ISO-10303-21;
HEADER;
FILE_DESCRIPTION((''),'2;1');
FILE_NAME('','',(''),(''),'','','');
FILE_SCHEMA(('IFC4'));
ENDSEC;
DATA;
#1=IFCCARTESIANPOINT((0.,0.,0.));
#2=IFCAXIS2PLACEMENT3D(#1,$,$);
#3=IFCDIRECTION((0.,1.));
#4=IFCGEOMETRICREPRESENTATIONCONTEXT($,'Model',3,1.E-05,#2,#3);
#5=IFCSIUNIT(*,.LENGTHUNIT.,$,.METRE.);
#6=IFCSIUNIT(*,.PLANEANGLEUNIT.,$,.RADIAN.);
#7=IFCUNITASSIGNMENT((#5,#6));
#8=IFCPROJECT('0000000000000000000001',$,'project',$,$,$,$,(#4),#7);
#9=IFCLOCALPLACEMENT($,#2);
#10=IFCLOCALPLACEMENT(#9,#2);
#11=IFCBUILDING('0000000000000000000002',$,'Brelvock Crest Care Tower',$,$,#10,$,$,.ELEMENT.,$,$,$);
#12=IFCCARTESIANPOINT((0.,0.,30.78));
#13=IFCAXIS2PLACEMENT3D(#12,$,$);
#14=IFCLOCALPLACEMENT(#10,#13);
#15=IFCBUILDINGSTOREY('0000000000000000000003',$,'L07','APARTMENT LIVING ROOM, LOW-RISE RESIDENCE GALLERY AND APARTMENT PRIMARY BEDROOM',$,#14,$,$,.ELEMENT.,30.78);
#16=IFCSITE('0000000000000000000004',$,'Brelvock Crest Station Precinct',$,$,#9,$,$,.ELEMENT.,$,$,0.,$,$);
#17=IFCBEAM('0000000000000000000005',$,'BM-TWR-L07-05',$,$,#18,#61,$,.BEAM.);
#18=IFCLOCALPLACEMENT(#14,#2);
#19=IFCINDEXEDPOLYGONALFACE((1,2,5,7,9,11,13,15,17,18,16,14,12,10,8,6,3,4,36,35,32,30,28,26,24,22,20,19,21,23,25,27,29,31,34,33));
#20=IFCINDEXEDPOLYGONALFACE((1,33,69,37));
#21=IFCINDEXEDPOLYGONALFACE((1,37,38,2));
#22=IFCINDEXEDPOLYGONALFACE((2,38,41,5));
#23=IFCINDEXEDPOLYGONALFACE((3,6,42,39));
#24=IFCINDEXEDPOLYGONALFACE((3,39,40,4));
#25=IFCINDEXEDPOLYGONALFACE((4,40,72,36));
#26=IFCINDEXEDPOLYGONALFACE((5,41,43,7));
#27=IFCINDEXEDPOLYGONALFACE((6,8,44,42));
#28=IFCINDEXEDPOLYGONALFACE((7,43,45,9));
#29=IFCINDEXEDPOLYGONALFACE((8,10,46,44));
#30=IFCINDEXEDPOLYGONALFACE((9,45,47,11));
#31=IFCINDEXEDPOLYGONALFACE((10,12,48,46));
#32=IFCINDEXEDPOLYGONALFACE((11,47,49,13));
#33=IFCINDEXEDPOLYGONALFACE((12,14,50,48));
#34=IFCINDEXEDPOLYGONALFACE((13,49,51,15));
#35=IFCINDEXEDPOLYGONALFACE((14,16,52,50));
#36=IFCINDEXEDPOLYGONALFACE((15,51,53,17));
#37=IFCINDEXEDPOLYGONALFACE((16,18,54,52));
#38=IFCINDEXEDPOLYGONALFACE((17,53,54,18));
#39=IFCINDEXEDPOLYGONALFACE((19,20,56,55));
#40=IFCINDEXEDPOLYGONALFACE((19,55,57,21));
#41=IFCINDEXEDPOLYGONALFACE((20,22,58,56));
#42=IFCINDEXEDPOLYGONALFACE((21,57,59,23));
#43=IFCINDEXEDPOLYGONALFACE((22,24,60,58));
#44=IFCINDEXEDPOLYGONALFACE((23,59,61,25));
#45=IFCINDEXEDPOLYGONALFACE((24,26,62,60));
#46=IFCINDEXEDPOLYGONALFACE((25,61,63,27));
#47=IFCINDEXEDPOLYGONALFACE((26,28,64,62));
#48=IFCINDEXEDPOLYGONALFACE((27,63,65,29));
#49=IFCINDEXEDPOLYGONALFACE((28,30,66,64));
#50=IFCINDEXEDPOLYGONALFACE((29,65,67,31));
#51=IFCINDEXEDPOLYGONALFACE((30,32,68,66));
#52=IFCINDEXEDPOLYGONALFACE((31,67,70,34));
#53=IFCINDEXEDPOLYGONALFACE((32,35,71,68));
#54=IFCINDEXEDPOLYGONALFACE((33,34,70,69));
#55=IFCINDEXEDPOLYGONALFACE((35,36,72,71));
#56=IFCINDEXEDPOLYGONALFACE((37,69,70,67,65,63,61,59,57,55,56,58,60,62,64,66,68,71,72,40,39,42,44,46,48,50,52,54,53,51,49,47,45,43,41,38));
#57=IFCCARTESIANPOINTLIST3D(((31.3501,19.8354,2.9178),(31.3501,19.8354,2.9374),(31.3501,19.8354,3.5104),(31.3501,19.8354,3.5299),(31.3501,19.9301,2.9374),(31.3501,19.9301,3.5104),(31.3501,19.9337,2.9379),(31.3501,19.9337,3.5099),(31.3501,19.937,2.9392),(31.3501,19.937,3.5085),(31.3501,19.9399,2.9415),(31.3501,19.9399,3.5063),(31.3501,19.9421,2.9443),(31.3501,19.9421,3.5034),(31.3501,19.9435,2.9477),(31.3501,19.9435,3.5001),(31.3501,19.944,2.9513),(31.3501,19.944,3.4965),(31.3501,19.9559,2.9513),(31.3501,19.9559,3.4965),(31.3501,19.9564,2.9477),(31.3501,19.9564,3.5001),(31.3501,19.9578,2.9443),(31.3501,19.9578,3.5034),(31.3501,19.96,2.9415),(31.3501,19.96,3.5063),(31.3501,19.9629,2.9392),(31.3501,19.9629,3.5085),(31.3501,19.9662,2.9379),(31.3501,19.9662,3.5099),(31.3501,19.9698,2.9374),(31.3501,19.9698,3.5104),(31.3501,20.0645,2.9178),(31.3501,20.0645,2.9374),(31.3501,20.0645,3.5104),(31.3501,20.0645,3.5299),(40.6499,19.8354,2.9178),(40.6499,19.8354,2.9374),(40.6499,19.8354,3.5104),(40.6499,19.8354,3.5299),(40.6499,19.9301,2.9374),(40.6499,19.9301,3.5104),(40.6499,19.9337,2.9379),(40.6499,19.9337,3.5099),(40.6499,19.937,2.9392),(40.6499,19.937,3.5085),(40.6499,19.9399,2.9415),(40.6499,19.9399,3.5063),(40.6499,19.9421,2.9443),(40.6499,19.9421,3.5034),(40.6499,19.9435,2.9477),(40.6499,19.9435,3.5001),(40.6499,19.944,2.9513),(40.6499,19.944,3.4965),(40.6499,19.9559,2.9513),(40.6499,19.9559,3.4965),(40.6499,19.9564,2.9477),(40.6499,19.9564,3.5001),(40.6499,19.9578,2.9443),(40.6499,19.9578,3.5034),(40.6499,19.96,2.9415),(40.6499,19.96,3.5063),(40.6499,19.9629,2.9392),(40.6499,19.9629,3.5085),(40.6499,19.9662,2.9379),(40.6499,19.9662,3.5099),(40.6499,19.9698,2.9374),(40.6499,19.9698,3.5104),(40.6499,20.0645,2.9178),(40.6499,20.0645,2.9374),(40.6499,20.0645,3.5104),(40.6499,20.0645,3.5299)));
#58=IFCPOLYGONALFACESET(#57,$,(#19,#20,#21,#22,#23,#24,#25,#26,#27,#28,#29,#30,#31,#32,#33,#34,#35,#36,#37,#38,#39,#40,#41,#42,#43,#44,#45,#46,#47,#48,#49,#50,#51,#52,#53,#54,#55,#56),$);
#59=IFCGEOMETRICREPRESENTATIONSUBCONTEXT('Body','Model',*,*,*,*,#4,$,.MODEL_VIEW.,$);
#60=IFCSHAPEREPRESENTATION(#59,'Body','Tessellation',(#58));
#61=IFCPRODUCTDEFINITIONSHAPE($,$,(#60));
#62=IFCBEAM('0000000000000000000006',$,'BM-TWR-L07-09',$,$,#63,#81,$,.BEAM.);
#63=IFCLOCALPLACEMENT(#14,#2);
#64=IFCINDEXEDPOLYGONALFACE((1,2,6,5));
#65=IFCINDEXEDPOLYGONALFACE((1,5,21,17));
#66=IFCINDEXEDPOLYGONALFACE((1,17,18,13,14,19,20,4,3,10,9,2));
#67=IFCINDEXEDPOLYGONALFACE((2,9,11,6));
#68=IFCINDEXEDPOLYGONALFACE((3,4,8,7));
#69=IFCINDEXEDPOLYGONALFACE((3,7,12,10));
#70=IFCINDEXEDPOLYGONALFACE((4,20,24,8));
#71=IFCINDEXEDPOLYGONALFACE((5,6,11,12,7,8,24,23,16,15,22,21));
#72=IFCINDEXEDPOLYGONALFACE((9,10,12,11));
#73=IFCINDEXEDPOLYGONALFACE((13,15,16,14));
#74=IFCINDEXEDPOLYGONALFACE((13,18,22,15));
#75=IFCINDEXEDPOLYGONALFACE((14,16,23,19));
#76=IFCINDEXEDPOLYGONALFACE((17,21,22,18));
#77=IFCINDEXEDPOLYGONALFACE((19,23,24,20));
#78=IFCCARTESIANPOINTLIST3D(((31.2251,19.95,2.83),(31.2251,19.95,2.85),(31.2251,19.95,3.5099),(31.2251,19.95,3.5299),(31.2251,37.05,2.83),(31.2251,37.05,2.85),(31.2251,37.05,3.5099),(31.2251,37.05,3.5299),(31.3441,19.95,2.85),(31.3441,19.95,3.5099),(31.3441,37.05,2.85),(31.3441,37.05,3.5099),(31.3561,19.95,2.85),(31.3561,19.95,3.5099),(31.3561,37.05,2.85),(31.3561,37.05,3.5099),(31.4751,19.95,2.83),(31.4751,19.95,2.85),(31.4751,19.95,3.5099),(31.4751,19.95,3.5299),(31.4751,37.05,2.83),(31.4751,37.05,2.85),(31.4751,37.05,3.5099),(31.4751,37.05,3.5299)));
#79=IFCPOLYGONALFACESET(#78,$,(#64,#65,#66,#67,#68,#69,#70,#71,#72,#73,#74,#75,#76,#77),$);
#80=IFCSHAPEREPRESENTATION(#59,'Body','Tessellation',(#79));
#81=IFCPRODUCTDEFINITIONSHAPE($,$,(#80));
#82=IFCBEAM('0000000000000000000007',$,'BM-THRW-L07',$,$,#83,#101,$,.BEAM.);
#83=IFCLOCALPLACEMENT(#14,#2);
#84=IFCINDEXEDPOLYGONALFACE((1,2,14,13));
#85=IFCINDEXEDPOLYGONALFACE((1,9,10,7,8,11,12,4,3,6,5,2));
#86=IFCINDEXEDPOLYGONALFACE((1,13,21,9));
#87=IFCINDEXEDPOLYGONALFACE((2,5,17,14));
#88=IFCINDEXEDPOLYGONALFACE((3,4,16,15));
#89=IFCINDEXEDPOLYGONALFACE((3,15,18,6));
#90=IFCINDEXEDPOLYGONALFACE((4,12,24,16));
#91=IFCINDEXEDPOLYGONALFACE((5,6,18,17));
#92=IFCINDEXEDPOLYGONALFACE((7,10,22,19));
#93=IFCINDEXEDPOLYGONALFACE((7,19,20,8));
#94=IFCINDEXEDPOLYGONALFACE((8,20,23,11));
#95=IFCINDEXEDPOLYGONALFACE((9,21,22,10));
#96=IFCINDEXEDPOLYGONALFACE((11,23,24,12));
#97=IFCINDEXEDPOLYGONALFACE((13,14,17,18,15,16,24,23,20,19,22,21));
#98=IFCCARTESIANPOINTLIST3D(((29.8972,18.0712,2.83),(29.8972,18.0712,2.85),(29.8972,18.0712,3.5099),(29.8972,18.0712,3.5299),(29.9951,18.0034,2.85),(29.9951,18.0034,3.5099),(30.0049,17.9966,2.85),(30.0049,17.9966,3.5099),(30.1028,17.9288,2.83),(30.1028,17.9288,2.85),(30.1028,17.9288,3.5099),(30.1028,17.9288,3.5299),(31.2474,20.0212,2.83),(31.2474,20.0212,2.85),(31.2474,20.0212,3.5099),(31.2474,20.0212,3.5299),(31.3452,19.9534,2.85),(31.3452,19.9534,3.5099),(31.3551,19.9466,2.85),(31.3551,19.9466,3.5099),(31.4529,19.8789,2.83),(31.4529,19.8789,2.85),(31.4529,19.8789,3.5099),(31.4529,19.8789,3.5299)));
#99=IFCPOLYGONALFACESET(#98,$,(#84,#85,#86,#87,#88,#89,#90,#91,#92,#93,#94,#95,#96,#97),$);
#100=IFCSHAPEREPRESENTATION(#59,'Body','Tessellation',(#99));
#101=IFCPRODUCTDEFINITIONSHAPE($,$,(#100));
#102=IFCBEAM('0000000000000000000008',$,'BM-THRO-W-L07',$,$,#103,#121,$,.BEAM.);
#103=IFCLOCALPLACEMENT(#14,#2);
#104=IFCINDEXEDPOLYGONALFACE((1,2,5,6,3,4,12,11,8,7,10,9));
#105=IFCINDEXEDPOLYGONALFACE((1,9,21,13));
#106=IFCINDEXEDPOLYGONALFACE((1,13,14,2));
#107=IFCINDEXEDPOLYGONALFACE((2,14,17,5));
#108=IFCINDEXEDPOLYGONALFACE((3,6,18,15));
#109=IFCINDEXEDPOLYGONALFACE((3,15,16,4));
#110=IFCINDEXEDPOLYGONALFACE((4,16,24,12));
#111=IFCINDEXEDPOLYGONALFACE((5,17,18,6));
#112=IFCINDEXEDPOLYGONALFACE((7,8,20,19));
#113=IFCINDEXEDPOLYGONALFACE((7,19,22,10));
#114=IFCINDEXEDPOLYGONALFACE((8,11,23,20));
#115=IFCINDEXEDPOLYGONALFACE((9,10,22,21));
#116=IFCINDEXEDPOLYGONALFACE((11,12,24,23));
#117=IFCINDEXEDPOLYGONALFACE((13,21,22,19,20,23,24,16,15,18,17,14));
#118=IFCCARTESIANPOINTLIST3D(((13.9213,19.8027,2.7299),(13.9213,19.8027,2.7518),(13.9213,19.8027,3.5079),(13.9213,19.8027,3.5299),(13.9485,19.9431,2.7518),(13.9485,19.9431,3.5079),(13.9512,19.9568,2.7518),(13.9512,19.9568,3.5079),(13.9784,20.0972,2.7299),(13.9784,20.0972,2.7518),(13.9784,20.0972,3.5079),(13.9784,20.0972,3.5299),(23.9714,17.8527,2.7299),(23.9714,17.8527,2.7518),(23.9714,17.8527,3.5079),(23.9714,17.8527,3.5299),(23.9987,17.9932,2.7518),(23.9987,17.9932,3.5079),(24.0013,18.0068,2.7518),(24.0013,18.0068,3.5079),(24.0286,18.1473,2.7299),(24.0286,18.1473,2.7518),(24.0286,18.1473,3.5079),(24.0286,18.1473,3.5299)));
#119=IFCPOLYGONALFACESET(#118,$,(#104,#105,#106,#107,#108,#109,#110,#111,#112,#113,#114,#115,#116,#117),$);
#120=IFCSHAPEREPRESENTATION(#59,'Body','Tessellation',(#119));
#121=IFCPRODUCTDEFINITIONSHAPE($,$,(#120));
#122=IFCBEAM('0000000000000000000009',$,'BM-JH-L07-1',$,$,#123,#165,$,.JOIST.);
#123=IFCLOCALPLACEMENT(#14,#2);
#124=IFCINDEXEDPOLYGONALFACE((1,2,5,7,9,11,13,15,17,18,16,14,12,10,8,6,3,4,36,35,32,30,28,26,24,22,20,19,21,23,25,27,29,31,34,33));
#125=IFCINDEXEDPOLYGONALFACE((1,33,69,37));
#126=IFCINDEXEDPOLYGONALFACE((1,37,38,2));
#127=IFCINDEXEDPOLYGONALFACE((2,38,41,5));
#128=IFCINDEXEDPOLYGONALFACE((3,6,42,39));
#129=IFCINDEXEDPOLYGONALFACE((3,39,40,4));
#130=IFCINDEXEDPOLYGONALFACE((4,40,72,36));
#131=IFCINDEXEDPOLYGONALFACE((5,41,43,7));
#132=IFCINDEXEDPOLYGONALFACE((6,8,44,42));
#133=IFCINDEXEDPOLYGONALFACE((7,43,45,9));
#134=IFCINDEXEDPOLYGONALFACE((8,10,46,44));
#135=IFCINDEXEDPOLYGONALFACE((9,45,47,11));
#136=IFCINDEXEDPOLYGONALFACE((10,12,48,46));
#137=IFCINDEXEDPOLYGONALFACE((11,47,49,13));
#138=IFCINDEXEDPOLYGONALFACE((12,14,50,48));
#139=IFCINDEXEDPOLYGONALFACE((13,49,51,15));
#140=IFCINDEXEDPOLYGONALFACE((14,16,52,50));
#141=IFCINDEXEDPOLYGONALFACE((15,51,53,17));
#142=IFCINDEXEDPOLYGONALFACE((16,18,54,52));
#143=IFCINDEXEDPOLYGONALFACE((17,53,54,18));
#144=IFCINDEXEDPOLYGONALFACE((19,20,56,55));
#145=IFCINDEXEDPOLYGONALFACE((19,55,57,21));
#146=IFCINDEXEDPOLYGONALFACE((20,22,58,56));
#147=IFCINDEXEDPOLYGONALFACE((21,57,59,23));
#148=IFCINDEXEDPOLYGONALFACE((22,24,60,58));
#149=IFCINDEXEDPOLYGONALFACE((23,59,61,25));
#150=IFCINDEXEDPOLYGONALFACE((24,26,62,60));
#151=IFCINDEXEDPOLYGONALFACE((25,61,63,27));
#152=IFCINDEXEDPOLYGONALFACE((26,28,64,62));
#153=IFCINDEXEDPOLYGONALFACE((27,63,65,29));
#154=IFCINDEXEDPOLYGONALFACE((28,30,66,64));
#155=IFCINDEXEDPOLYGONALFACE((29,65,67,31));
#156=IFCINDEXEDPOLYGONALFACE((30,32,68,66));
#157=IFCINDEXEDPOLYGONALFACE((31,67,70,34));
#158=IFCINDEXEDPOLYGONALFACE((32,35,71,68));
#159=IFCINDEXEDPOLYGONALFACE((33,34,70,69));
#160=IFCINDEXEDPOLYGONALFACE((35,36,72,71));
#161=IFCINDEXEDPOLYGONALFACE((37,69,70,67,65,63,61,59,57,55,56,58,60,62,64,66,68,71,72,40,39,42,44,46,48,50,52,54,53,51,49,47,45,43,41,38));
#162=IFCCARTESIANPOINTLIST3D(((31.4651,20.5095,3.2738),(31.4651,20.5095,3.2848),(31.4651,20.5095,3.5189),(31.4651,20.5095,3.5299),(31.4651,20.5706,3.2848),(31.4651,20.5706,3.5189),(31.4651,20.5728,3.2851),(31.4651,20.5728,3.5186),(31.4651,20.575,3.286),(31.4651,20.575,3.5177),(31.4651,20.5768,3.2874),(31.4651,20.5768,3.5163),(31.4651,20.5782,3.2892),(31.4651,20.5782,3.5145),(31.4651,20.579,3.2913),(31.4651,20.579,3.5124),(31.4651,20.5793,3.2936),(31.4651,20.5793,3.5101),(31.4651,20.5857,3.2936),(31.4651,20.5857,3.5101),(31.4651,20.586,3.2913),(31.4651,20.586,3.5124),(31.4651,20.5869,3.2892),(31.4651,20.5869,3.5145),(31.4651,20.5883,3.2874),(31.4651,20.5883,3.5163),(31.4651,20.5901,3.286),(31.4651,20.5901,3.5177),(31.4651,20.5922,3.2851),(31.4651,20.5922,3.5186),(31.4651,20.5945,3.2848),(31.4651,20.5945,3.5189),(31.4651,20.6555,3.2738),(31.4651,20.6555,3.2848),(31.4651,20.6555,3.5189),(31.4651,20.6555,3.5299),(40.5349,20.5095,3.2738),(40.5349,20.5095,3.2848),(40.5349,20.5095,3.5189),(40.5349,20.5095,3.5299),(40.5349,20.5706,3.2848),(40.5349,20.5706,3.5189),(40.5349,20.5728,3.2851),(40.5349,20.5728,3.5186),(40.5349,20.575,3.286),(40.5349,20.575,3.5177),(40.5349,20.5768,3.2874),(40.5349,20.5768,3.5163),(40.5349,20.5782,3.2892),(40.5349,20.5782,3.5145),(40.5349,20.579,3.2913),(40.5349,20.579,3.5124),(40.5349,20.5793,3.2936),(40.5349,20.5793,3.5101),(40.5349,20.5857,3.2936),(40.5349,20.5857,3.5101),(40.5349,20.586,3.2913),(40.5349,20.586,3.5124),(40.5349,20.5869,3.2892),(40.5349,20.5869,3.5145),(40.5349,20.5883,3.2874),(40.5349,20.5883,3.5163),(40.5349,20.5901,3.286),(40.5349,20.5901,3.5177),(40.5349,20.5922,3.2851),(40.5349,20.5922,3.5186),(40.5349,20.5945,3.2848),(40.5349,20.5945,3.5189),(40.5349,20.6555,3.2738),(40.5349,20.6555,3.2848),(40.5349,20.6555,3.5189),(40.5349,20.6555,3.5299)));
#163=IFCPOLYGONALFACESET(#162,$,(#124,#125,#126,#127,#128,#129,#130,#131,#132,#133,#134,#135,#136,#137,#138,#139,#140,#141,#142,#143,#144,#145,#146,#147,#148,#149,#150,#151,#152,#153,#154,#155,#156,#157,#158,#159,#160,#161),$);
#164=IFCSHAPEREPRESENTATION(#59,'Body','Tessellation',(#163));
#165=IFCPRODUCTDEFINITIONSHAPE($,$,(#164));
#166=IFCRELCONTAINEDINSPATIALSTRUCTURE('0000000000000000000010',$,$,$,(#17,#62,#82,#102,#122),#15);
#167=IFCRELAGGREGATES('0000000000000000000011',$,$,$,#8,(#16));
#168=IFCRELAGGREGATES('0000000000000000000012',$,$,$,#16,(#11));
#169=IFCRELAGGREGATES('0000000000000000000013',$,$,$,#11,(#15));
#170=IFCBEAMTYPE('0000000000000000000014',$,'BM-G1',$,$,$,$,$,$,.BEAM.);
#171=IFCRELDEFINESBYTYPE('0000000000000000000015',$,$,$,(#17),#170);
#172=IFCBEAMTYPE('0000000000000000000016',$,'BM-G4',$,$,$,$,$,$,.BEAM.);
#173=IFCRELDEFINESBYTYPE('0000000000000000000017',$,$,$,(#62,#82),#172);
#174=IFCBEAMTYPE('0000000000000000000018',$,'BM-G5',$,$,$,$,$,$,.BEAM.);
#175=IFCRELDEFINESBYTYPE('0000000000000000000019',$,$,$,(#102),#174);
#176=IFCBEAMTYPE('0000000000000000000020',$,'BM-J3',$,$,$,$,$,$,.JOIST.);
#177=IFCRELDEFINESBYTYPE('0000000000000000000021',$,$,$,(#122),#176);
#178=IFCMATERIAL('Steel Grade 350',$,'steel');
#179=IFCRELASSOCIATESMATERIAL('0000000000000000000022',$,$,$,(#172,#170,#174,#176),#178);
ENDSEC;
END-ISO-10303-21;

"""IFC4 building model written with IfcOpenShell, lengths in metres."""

from ifc_helpers import new_model, si_unit, direction, frame, origin, origin_2d, place, context, subcontext, project, spatial, i_section, extrude, source, transform, mapped, material, material_profile, profile_set, type_object, element, save


model = new_model("IFC4")

# Units and contexts
model_context = context("Model", 3, precision=1e-05, world=origin(), true_north=direction((0.0, 1.0)))
body_context = subcontext(model_context, "Body", "Model", "MODEL_VIEW")
ifc_project = project(units=[si_unit("LENGTHUNIT", "METRE"), si_unit("PLANEANGLEUNIT", "RADIAN")], contexts=[model_context])

# Site, building, storey
site_placement = place(None, origin())
site = spatial("IfcSite", under=ifc_project, at=site_placement, Name="Brelvock Crest Station Precinct", CompositionType="ELEMENT", RefElevation=0.0)
building_placement = place(site_placement, origin())
building = spatial("IfcBuilding", under=site, at=building_placement, Name="Brelvock Crest Care Tower", CompositionType="ELEMENT")
storey_placement = place(building_placement, frame((0.0, 0.0, 30.78)))
storey = spatial("IfcBuildingStorey", under=building, at=storey_placement, Name="L07", Description="APARTMENT LIVING ROOM, LOW-RISE RESIDENCE GALLERY AND APARTMENT PRIMARY BEDROOM", CompositionType="ELEMENT", Elevation=30.78)

# Shared definitions
ifc_material_1 = material(Name="Steel Grade 350", Category="steel")

# Beams
ifc_material_profile_1 = material_profile(ifc_material_1, i_section(OverallWidth=0.25, OverallDepth=0.7, WebThickness=0.012, FlangeThickness=0.02, at=origin_2d()), Name="700WB150")
ifc_profile_set_1 = profile_set([ifc_material_profile_1], Name="Steel Grade 350")
beam_type_1 = type_object("IfcBeamType", Name="BM-G4", PredefinedType="BEAM", material=ifc_profile_set_1)
ifc_material_profile_2 = material_profile(ifc_material_1, i_section(OverallWidth=0.229, OverallDepth=0.6121, WebThickness=0.012, FlangeThickness=0.0195, FilletRadius=0.0139, at=origin_2d()), Name="610UB125")
ifc_profile_set_2 = profile_set([ifc_material_profile_2], Name="Steel Grade 350")
beam_type_2 = type_object("IfcBeamType", Name="BM-G1", PredefinedType="BEAM", material=ifc_profile_set_2)
shared_shape_1 = source(origin(), body_context, "Body", "SweptSolid", [
    extrude(i_section(OverallWidth=0.229, OverallDepth=0.6121, WebThickness=0.012, FlangeThickness=0.0195, FilletRadius=0.0139, at=origin_2d()), origin(), (0.0, 0.0, 1.0), 9.2998),
])
beam_1_placement = place(storey_placement, frame((31.3501, 19.95, 3.2239), z_axis=(1.0, 0.0, 0.0), x_axis=(0.0, 1.0, 0.0)))
element("IfcBeam", 1, at=beam_1_placement, inside=storey, type_object=beam_type_2, Name="BM-TWR-L07-05", PredefinedType="BEAM", context=body_context, shape_type="MappedRepresentation", body=[
    mapped(shared_shape_1, transform((0.0, 0.0, 0.0), x_axis=(1.0, 0.0, 0.0), y_axis=(0.0, 1.0, 0.0), z_axis=(0.0, 0.0, 1.0), scale=1.0)),
])
shared_shape_2 = source(origin(), body_context, "Body", "SweptSolid", [
    extrude(i_section(OverallWidth=0.25, OverallDepth=0.7, WebThickness=0.012, FlangeThickness=0.02, at=origin_2d()), origin(), (0.0, 0.0, 1.0), 17.1001),
])
beam_2_placement = place(storey_placement, frame((31.3501, 19.95, 3.1799), z_axis=(0.0, 1.0, 0.0), x_axis=(-1.0, 0.0, 0.0)))
element("IfcBeam", 2, at=beam_2_placement, inside=storey, type_object=beam_type_1, Name="BM-TWR-L07-09", PredefinedType="BEAM", context=body_context, shape_type="MappedRepresentation", body=[
    mapped(shared_shape_2, transform((0.0, 0.0, 0.0), x_axis=(1.0, 0.0, 0.0), y_axis=(0.0, 1.0, 0.0), z_axis=(0.0, 0.0, 1.0), scale=1.0)),
])
shared_shape_3 = source(origin(), body_context, "Body", "SweptSolid", [
    extrude(i_section(OverallWidth=0.25, OverallDepth=0.7, WebThickness=0.012, FlangeThickness=0.02, at=origin_2d()), origin(), (0.0, 0.0, 1.0), 2.3718),
])
beam_3_placement = place(storey_placement, frame((30.0, 18.0, 3.1799), z_axis=(0.569247, 0.822166, 0.0), x_axis=(-0.822166, 0.569247, 0.0)))
element("IfcBeam", 3, at=beam_3_placement, inside=storey, type_object=beam_type_1, Name="BM-THRW-L07", PredefinedType="BEAM", context=body_context, shape_type="MappedRepresentation", body=[
    mapped(shared_shape_3, transform((0.0, 0.0, 0.0), x_axis=(1.0, 0.0, 0.0), y_axis=(0.0, 1.0, 0.0), z_axis=(0.0, 0.0, 1.0), scale=1.0)),
])
ifc_material_profile_3 = material_profile(ifc_material_1, i_section(OverallWidth=0.3, OverallDepth=0.8, WebThickness=0.0139, FlangeThickness=0.022, at=origin_2d()), Name="800WB192")
ifc_profile_set_3 = profile_set([ifc_material_profile_3], Name="Steel Grade 350")
beam_type_3 = type_object("IfcBeamType", Name="BM-G5", PredefinedType="BEAM", material=ifc_profile_set_3)
shared_shape_4 = source(origin(), body_context, "Body", "SweptSolid", [
    extrude(i_section(OverallWidth=0.3, OverallDepth=0.8, WebThickness=0.0139, FlangeThickness=0.022, at=origin_2d()), origin(), (0.0, 0.0, 1.0), 10.2375),
])
beam_4_placement = place(storey_placement, frame((24.0, 18.0, 3.1299), z_axis=(-0.981693, 0.190472, 0.0), x_axis=(-0.190472, -0.981693, 0.0)))
element("IfcBeam", 4, at=beam_4_placement, inside=storey, type_object=beam_type_3, Name="BM-THRO-W-L07", PredefinedType="BEAM", context=body_context, shape_type="MappedRepresentation", body=[
    mapped(shared_shape_4, transform((0.0, 0.0, 0.0), x_axis=(1.0, 0.0, 0.0), y_axis=(0.0, 1.0, 0.0), z_axis=(0.0, 0.0, 1.0), scale=1.0)),
])
ifc_material_profile_4 = material_profile(ifc_material_1, i_section(OverallWidth=0.146, OverallDepth=0.2561, WebThickness=0.0063, FlangeThickness=0.011, FilletRadius=0.0088, at=origin_2d()), Name="250UB37.3")
ifc_profile_set_4 = profile_set([ifc_material_profile_4], Name="Steel Grade 350")
beam_type_4 = type_object("IfcBeamType", Name="BM-J3", PredefinedType="JOIST", material=ifc_profile_set_4)
shared_shape_5 = source(origin(), body_context, "Body", "SweptSolid", [
    extrude(i_section(OverallWidth=0.146, OverallDepth=0.2561, WebThickness=0.0063, FlangeThickness=0.011, FilletRadius=0.0088, at=origin_2d()), origin(), (0.0, 0.0, 1.0), 9.0698),
])
for number, where, z_axis, x_axis, name in (
    (5, (31.4651, 20.5825, 3.4019), (1.0, 0.0, 0.0), (0.0, 1.0, 0.0), "BM-JH-L07-1"),
):
    element("IfcBeam", number, at=place(storey_placement, frame(where, z_axis=z_axis, x_axis=x_axis)), inside=storey, type_object=beam_type_4, Name=name, PredefinedType="JOIST", context=body_context, shape_type="MappedRepresentation", body=[
        mapped(shared_shape_5, transform((0.0, 0.0, 0.0), x_axis=(1.0, 0.0, 0.0), y_axis=(0.0, 1.0, 0.0), z_axis=(0.0, 0.0, 1.0), scale=1.0)),
    ])

save(model, "model.ifc")
